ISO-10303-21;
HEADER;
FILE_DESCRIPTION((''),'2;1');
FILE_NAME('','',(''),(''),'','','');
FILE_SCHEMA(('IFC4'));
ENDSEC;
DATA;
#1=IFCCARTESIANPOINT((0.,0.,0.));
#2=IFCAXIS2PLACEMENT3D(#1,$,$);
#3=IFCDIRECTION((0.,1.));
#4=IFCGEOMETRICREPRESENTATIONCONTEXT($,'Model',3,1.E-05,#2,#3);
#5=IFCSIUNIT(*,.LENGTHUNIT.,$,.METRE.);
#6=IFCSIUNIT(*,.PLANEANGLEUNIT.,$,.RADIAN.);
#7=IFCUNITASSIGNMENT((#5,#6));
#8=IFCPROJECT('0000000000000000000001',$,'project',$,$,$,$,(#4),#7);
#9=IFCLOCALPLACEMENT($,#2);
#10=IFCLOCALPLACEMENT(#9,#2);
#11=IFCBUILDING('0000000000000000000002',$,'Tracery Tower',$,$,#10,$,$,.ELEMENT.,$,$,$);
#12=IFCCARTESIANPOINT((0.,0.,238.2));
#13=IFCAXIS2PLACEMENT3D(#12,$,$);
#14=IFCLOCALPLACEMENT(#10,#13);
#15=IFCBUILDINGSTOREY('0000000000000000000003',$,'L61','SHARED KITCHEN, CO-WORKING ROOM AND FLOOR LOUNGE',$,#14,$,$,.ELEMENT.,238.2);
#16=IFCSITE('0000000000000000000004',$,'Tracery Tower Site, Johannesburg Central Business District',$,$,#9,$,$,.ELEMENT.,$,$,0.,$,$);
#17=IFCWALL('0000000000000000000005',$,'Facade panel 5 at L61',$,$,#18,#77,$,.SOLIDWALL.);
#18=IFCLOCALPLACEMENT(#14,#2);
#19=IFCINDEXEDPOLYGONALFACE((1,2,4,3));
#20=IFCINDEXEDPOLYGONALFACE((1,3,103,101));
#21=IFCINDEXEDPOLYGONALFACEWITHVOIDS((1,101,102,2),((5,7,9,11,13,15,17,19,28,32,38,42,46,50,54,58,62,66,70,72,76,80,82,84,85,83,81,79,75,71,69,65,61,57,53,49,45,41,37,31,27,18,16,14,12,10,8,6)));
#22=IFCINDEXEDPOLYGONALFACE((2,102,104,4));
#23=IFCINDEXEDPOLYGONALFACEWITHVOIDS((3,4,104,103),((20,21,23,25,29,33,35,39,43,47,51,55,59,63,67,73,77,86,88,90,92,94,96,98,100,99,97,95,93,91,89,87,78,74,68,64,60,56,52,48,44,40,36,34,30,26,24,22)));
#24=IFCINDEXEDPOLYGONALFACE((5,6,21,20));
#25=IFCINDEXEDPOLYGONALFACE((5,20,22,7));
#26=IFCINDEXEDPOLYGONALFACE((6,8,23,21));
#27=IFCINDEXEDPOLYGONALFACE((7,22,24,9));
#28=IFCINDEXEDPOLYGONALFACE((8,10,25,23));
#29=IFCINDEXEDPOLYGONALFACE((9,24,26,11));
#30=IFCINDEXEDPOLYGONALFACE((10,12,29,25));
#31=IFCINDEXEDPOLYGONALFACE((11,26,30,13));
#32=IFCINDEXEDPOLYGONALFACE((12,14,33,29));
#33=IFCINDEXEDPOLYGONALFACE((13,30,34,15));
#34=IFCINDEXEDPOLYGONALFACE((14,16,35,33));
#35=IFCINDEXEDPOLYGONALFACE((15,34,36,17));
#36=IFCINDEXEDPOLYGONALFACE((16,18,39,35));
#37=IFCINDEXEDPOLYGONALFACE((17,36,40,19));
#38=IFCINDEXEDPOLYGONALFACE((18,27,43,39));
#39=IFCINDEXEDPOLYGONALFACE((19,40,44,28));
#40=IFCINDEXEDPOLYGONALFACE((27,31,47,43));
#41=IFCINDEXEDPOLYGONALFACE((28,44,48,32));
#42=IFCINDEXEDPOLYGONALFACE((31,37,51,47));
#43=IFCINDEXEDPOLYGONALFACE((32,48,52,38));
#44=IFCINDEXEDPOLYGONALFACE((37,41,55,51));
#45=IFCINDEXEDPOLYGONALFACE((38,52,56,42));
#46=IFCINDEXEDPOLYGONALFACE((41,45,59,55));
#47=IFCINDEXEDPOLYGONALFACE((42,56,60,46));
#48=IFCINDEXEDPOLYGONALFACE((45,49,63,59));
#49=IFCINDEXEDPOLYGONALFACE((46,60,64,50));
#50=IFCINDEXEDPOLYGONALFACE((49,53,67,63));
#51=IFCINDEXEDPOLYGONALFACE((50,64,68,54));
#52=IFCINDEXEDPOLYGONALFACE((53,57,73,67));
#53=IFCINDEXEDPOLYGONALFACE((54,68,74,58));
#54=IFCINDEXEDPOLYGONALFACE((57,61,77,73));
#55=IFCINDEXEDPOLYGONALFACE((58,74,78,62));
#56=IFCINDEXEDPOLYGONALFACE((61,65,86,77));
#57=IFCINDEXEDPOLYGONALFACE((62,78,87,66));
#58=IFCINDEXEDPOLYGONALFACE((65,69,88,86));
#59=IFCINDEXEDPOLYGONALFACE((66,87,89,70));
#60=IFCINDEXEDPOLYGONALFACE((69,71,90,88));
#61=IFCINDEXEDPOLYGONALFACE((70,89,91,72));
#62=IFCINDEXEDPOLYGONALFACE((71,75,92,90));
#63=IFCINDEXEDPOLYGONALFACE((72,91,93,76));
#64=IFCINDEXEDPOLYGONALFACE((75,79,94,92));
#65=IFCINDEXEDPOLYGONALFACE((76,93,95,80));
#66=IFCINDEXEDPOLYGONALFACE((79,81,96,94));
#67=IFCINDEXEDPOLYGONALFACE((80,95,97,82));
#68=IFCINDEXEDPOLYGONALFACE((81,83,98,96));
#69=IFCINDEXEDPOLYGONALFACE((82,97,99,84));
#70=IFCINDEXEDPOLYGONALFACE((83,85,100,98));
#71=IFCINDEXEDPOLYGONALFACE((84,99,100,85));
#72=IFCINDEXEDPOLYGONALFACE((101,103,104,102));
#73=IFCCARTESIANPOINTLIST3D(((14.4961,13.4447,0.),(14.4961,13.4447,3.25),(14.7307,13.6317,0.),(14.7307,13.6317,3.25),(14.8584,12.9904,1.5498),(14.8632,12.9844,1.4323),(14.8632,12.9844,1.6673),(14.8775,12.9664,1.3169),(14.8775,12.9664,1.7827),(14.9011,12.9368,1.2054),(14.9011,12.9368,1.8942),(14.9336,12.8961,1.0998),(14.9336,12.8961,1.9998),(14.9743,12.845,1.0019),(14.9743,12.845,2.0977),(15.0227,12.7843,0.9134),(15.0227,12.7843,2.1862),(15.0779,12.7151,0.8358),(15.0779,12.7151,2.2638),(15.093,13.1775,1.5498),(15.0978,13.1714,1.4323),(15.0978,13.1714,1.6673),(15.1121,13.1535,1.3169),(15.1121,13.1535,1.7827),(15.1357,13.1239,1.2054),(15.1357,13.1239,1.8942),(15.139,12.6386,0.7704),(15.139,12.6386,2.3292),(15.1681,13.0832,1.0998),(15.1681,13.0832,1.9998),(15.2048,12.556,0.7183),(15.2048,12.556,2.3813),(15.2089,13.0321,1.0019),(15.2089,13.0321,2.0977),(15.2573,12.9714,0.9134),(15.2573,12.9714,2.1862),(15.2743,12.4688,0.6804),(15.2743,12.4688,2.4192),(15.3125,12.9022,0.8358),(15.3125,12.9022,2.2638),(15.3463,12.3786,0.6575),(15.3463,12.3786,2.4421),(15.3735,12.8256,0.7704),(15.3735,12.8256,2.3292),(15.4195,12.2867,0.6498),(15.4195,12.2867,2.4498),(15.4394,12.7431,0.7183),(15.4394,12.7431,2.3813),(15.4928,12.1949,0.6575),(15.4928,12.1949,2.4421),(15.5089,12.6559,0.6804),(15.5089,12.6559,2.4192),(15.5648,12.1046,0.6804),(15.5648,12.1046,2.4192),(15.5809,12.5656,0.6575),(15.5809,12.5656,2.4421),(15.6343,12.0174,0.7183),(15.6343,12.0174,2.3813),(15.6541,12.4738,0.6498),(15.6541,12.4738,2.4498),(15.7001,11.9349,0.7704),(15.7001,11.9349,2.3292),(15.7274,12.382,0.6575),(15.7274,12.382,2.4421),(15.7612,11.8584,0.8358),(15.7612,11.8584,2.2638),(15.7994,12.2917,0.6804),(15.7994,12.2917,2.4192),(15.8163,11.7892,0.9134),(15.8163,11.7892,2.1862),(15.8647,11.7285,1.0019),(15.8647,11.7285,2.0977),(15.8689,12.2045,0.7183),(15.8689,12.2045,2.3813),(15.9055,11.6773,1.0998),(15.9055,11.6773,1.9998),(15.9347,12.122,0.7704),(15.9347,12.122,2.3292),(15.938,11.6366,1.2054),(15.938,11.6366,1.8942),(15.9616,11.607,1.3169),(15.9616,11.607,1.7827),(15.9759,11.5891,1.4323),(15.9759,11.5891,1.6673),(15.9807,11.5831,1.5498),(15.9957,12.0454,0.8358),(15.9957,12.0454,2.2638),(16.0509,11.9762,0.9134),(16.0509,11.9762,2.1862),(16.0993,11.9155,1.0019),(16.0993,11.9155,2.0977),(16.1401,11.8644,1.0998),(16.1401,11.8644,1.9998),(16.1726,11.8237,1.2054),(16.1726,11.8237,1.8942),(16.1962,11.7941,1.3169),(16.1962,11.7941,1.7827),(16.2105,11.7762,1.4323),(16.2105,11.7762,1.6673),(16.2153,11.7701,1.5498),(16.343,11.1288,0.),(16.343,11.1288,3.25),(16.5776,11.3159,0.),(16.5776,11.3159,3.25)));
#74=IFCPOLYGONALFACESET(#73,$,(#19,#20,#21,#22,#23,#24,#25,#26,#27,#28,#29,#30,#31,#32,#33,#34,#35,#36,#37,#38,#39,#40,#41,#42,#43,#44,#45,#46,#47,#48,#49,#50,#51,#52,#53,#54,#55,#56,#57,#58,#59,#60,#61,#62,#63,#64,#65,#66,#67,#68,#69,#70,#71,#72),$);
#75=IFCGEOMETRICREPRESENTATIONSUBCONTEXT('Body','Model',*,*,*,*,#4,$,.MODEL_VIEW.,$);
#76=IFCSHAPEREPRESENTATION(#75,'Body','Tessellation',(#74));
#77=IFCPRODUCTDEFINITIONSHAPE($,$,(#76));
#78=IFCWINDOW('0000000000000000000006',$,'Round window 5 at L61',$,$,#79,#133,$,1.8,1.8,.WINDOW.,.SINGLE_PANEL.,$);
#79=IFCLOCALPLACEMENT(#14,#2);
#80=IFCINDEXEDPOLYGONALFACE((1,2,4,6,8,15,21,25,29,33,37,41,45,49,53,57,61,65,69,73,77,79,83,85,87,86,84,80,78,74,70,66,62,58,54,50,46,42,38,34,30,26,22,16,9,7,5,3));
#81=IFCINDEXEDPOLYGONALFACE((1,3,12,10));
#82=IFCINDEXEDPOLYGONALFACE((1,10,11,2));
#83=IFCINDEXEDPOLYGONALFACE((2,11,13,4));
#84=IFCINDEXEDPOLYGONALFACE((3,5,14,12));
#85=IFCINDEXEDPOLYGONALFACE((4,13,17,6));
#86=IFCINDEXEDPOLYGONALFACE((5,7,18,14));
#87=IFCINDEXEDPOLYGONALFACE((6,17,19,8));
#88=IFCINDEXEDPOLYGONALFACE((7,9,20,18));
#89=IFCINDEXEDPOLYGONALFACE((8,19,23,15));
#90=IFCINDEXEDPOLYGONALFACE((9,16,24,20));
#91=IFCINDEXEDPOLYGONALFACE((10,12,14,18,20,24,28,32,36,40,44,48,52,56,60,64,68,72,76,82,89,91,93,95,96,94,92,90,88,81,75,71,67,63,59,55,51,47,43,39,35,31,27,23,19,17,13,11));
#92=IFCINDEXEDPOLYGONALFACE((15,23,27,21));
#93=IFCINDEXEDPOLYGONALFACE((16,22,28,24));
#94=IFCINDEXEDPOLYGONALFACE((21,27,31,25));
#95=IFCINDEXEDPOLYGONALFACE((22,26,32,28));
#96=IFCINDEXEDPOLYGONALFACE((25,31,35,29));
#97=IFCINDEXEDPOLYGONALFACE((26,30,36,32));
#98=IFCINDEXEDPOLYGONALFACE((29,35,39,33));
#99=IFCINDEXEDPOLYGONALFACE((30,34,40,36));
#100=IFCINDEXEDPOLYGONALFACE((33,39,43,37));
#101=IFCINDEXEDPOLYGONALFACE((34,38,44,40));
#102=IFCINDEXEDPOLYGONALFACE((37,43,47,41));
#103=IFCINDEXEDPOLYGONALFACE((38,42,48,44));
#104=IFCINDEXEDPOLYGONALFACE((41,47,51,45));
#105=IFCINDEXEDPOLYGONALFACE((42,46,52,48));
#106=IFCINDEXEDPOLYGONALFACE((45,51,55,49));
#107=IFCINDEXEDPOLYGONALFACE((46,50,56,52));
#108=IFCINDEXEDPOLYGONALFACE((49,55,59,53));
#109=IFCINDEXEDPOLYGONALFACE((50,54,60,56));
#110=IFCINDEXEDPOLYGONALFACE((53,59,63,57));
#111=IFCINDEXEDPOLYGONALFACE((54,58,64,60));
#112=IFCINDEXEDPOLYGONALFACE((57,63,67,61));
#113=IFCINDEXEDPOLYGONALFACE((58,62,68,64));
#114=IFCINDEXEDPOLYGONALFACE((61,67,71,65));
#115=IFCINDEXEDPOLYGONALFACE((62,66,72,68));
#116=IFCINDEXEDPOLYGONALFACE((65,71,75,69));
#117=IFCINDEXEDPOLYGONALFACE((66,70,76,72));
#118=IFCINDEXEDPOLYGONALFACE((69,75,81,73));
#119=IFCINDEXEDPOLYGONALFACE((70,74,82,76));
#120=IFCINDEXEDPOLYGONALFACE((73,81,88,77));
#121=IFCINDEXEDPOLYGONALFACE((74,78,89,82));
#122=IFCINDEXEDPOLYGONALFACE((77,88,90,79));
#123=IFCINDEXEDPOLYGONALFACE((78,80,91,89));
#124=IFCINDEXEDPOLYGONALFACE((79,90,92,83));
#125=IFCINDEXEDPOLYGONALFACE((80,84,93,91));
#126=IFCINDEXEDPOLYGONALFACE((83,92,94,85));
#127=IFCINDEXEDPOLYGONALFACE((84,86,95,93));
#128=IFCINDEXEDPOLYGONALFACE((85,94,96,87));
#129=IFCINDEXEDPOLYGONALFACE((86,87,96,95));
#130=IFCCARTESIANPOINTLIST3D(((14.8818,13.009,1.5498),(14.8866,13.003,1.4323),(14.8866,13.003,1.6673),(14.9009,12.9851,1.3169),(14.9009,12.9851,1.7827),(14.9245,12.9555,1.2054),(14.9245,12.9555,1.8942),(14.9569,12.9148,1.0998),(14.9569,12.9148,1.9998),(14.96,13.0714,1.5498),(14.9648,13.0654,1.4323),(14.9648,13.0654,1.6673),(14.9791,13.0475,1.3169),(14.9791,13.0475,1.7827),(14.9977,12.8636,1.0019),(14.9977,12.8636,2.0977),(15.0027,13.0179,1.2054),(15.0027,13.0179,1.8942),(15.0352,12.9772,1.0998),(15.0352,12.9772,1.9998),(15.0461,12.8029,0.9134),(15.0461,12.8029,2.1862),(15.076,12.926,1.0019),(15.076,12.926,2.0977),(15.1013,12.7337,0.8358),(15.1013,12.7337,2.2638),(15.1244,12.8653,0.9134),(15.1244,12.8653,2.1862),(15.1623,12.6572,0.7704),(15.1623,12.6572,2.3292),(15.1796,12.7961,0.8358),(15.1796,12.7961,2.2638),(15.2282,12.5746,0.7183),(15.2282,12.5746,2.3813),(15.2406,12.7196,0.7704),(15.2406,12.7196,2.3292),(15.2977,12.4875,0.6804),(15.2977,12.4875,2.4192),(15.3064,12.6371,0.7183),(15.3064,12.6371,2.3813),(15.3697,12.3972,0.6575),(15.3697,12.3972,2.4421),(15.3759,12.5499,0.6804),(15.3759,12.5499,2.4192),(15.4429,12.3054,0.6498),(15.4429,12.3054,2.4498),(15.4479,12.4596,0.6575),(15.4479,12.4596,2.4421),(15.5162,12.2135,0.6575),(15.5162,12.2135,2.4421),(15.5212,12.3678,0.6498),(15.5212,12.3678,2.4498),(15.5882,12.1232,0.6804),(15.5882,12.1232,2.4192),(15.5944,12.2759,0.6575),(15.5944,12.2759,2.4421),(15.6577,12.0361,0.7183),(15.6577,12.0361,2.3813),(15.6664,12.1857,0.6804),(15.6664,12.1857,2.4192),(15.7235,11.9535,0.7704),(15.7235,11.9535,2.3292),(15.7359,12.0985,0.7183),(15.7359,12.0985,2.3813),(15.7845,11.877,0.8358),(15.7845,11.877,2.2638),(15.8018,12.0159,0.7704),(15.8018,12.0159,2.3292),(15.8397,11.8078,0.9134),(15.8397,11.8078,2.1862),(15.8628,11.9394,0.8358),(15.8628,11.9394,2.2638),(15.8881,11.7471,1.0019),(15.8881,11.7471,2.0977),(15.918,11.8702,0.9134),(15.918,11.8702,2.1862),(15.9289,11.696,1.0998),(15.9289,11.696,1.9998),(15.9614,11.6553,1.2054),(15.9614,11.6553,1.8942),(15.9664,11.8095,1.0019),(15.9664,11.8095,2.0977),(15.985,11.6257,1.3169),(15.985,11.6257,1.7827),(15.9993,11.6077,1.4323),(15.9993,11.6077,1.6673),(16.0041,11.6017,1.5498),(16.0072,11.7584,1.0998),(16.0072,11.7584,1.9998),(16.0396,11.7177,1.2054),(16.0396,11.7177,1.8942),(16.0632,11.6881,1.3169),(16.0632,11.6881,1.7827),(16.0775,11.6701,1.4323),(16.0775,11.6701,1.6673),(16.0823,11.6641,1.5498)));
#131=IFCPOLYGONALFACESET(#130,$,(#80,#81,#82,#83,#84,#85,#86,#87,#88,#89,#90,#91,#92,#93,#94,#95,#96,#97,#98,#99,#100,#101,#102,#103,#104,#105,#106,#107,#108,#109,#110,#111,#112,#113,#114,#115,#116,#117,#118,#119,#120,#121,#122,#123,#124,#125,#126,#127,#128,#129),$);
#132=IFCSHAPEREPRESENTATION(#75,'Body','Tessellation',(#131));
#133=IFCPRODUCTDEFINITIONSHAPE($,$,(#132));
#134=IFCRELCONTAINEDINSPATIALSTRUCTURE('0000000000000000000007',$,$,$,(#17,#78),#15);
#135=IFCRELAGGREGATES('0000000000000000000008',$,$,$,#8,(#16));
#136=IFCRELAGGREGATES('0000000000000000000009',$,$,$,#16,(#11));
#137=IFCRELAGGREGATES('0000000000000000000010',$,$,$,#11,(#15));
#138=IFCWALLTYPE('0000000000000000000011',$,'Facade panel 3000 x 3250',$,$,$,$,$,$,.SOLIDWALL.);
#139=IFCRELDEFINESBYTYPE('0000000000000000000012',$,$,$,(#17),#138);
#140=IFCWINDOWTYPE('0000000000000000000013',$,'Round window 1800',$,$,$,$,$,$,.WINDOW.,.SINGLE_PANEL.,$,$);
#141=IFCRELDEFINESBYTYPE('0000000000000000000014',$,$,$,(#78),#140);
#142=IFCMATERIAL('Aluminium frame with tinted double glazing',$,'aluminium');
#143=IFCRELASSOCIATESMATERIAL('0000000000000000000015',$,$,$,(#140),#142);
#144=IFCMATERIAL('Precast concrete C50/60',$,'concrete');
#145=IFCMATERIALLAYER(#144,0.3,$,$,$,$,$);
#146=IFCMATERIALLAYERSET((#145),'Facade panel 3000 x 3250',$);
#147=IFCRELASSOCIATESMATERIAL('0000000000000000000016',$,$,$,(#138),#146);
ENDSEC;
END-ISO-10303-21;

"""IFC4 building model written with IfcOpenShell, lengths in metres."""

from ifc_helpers import new_model, si_unit, direction, frame, frame_2d, origin, origin_2d, place, context, subcontext, project, spatial, rectangle, circle, extrude, material, layer, layer_set, type_object, element, fill, save


model = new_model("IFC4")

# Units and contexts
model_context = context("Model", 3, precision=1e-05, world=origin(), true_north=direction((0.0, 1.0)))
body_context = subcontext(model_context, "Body", "Model", "MODEL_VIEW")
ifc_project = project(units=[si_unit("LENGTHUNIT", "METRE"), si_unit("PLANEANGLEUNIT", "RADIAN")], contexts=[model_context])

# Site, building, storey
site_placement = place(None, origin())
site = spatial("IfcSite", under=ifc_project, at=site_placement, Name="Tracery Tower Site, Johannesburg Central Business District", CompositionType="ELEMENT", RefElevation=0.0)
building_placement = place(site_placement, origin())
building = spatial("IfcBuilding", under=site, at=building_placement, Name="Tracery Tower", CompositionType="ELEMENT")
storey_placement = place(building_placement, frame((0.0, 0.0, 238.2)))
storey = spatial("IfcBuildingStorey", under=building, at=storey_placement, Name="L61", Description="SHARED KITCHEN, CO-WORKING ROOM AND FLOOR LOUNGE", CompositionType="ELEMENT", Elevation=238.2)

# Wall, opening, window
ifc_material_1 = material(Name="Aluminium frame with tinted double glazing", Category="aluminium")
window_type = type_object("IfcWindowType", Name="Round window 1800", PartitioningType="SINGLE_PANEL", PredefinedType="WINDOW", material=ifc_material_1)
ifc_material_2 = material(Name="Precast concrete C50/60", Category="concrete")
ifc_layer_1 = layer(ifc_material_2, 0.3)
ifc_layer_set_1 = layer_set([ifc_layer_1], Name="Facade panel 3000 x 3250")
wall_type_1 = type_object("IfcWallType", Name="Facade panel 3000 x 3250", PredefinedType="SOLIDWALL", material=ifc_layer_set_1)
wall_1_placement = place(storey_placement, frame((16.4602, 11.2224, 0.0), z_axis=(0.0, 0.0, 1.0), x_axis=(-0.623498, 0.781825, 0.0)))
wall_1 = element("IfcWall", 1, at=wall_1_placement, inside=storey, type_object=wall_type_1, Name="Facade panel 5 at L61", PredefinedType="SOLIDWALL", context=body_context, shape_type="SweptSolid", body=[
    extrude(rectangle(XDim=2.9622, YDim=0.3, at=frame_2d((1.481, 0.0))), origin(), (0.0, 0.0, 1.0), 3.25),
])
opening_1_placement = place(wall_1_placement, frame((1.481, 0.0, 1.5498)))
opening_1 = element("IfcOpeningElement", 2, at=opening_1_placement, cuts=wall_1, PredefinedType="OPENING", context=body_context, shape_type="SweptSolid", body=[
    extrude(circle(Radius=0.9, at=origin_2d()), frame((0.0, 0.1599, 0.0), z_axis=(0.0, -1.0, 0.0), x_axis=(1.0, 0.0, 0.0)), (0.0, 0.0, 1.0), 0.3201),
])
window_1_placement = place(opening_1_placement, origin())
window_1 = element("IfcWindow", 3, at=window_1_placement, inside=storey, type_object=window_type, Name="Round window 5 at L61", OverallHeight=1.8, OverallWidth=1.8, PartitioningType="SINGLE_PANEL", PredefinedType="WINDOW", context=body_context, shape_type="SweptSolid", body=[
    extrude(circle(Radius=0.9, at=origin_2d()), frame((0.0, 0.1201, 0.0), z_axis=(0.0, -1.0, 0.0), x_axis=(1.0, 0.0, 0.0)), (0.0, 0.0, 1.0), 0.1001),
])
fill(opening_1, window_1)

save(model, "model.ifc")
